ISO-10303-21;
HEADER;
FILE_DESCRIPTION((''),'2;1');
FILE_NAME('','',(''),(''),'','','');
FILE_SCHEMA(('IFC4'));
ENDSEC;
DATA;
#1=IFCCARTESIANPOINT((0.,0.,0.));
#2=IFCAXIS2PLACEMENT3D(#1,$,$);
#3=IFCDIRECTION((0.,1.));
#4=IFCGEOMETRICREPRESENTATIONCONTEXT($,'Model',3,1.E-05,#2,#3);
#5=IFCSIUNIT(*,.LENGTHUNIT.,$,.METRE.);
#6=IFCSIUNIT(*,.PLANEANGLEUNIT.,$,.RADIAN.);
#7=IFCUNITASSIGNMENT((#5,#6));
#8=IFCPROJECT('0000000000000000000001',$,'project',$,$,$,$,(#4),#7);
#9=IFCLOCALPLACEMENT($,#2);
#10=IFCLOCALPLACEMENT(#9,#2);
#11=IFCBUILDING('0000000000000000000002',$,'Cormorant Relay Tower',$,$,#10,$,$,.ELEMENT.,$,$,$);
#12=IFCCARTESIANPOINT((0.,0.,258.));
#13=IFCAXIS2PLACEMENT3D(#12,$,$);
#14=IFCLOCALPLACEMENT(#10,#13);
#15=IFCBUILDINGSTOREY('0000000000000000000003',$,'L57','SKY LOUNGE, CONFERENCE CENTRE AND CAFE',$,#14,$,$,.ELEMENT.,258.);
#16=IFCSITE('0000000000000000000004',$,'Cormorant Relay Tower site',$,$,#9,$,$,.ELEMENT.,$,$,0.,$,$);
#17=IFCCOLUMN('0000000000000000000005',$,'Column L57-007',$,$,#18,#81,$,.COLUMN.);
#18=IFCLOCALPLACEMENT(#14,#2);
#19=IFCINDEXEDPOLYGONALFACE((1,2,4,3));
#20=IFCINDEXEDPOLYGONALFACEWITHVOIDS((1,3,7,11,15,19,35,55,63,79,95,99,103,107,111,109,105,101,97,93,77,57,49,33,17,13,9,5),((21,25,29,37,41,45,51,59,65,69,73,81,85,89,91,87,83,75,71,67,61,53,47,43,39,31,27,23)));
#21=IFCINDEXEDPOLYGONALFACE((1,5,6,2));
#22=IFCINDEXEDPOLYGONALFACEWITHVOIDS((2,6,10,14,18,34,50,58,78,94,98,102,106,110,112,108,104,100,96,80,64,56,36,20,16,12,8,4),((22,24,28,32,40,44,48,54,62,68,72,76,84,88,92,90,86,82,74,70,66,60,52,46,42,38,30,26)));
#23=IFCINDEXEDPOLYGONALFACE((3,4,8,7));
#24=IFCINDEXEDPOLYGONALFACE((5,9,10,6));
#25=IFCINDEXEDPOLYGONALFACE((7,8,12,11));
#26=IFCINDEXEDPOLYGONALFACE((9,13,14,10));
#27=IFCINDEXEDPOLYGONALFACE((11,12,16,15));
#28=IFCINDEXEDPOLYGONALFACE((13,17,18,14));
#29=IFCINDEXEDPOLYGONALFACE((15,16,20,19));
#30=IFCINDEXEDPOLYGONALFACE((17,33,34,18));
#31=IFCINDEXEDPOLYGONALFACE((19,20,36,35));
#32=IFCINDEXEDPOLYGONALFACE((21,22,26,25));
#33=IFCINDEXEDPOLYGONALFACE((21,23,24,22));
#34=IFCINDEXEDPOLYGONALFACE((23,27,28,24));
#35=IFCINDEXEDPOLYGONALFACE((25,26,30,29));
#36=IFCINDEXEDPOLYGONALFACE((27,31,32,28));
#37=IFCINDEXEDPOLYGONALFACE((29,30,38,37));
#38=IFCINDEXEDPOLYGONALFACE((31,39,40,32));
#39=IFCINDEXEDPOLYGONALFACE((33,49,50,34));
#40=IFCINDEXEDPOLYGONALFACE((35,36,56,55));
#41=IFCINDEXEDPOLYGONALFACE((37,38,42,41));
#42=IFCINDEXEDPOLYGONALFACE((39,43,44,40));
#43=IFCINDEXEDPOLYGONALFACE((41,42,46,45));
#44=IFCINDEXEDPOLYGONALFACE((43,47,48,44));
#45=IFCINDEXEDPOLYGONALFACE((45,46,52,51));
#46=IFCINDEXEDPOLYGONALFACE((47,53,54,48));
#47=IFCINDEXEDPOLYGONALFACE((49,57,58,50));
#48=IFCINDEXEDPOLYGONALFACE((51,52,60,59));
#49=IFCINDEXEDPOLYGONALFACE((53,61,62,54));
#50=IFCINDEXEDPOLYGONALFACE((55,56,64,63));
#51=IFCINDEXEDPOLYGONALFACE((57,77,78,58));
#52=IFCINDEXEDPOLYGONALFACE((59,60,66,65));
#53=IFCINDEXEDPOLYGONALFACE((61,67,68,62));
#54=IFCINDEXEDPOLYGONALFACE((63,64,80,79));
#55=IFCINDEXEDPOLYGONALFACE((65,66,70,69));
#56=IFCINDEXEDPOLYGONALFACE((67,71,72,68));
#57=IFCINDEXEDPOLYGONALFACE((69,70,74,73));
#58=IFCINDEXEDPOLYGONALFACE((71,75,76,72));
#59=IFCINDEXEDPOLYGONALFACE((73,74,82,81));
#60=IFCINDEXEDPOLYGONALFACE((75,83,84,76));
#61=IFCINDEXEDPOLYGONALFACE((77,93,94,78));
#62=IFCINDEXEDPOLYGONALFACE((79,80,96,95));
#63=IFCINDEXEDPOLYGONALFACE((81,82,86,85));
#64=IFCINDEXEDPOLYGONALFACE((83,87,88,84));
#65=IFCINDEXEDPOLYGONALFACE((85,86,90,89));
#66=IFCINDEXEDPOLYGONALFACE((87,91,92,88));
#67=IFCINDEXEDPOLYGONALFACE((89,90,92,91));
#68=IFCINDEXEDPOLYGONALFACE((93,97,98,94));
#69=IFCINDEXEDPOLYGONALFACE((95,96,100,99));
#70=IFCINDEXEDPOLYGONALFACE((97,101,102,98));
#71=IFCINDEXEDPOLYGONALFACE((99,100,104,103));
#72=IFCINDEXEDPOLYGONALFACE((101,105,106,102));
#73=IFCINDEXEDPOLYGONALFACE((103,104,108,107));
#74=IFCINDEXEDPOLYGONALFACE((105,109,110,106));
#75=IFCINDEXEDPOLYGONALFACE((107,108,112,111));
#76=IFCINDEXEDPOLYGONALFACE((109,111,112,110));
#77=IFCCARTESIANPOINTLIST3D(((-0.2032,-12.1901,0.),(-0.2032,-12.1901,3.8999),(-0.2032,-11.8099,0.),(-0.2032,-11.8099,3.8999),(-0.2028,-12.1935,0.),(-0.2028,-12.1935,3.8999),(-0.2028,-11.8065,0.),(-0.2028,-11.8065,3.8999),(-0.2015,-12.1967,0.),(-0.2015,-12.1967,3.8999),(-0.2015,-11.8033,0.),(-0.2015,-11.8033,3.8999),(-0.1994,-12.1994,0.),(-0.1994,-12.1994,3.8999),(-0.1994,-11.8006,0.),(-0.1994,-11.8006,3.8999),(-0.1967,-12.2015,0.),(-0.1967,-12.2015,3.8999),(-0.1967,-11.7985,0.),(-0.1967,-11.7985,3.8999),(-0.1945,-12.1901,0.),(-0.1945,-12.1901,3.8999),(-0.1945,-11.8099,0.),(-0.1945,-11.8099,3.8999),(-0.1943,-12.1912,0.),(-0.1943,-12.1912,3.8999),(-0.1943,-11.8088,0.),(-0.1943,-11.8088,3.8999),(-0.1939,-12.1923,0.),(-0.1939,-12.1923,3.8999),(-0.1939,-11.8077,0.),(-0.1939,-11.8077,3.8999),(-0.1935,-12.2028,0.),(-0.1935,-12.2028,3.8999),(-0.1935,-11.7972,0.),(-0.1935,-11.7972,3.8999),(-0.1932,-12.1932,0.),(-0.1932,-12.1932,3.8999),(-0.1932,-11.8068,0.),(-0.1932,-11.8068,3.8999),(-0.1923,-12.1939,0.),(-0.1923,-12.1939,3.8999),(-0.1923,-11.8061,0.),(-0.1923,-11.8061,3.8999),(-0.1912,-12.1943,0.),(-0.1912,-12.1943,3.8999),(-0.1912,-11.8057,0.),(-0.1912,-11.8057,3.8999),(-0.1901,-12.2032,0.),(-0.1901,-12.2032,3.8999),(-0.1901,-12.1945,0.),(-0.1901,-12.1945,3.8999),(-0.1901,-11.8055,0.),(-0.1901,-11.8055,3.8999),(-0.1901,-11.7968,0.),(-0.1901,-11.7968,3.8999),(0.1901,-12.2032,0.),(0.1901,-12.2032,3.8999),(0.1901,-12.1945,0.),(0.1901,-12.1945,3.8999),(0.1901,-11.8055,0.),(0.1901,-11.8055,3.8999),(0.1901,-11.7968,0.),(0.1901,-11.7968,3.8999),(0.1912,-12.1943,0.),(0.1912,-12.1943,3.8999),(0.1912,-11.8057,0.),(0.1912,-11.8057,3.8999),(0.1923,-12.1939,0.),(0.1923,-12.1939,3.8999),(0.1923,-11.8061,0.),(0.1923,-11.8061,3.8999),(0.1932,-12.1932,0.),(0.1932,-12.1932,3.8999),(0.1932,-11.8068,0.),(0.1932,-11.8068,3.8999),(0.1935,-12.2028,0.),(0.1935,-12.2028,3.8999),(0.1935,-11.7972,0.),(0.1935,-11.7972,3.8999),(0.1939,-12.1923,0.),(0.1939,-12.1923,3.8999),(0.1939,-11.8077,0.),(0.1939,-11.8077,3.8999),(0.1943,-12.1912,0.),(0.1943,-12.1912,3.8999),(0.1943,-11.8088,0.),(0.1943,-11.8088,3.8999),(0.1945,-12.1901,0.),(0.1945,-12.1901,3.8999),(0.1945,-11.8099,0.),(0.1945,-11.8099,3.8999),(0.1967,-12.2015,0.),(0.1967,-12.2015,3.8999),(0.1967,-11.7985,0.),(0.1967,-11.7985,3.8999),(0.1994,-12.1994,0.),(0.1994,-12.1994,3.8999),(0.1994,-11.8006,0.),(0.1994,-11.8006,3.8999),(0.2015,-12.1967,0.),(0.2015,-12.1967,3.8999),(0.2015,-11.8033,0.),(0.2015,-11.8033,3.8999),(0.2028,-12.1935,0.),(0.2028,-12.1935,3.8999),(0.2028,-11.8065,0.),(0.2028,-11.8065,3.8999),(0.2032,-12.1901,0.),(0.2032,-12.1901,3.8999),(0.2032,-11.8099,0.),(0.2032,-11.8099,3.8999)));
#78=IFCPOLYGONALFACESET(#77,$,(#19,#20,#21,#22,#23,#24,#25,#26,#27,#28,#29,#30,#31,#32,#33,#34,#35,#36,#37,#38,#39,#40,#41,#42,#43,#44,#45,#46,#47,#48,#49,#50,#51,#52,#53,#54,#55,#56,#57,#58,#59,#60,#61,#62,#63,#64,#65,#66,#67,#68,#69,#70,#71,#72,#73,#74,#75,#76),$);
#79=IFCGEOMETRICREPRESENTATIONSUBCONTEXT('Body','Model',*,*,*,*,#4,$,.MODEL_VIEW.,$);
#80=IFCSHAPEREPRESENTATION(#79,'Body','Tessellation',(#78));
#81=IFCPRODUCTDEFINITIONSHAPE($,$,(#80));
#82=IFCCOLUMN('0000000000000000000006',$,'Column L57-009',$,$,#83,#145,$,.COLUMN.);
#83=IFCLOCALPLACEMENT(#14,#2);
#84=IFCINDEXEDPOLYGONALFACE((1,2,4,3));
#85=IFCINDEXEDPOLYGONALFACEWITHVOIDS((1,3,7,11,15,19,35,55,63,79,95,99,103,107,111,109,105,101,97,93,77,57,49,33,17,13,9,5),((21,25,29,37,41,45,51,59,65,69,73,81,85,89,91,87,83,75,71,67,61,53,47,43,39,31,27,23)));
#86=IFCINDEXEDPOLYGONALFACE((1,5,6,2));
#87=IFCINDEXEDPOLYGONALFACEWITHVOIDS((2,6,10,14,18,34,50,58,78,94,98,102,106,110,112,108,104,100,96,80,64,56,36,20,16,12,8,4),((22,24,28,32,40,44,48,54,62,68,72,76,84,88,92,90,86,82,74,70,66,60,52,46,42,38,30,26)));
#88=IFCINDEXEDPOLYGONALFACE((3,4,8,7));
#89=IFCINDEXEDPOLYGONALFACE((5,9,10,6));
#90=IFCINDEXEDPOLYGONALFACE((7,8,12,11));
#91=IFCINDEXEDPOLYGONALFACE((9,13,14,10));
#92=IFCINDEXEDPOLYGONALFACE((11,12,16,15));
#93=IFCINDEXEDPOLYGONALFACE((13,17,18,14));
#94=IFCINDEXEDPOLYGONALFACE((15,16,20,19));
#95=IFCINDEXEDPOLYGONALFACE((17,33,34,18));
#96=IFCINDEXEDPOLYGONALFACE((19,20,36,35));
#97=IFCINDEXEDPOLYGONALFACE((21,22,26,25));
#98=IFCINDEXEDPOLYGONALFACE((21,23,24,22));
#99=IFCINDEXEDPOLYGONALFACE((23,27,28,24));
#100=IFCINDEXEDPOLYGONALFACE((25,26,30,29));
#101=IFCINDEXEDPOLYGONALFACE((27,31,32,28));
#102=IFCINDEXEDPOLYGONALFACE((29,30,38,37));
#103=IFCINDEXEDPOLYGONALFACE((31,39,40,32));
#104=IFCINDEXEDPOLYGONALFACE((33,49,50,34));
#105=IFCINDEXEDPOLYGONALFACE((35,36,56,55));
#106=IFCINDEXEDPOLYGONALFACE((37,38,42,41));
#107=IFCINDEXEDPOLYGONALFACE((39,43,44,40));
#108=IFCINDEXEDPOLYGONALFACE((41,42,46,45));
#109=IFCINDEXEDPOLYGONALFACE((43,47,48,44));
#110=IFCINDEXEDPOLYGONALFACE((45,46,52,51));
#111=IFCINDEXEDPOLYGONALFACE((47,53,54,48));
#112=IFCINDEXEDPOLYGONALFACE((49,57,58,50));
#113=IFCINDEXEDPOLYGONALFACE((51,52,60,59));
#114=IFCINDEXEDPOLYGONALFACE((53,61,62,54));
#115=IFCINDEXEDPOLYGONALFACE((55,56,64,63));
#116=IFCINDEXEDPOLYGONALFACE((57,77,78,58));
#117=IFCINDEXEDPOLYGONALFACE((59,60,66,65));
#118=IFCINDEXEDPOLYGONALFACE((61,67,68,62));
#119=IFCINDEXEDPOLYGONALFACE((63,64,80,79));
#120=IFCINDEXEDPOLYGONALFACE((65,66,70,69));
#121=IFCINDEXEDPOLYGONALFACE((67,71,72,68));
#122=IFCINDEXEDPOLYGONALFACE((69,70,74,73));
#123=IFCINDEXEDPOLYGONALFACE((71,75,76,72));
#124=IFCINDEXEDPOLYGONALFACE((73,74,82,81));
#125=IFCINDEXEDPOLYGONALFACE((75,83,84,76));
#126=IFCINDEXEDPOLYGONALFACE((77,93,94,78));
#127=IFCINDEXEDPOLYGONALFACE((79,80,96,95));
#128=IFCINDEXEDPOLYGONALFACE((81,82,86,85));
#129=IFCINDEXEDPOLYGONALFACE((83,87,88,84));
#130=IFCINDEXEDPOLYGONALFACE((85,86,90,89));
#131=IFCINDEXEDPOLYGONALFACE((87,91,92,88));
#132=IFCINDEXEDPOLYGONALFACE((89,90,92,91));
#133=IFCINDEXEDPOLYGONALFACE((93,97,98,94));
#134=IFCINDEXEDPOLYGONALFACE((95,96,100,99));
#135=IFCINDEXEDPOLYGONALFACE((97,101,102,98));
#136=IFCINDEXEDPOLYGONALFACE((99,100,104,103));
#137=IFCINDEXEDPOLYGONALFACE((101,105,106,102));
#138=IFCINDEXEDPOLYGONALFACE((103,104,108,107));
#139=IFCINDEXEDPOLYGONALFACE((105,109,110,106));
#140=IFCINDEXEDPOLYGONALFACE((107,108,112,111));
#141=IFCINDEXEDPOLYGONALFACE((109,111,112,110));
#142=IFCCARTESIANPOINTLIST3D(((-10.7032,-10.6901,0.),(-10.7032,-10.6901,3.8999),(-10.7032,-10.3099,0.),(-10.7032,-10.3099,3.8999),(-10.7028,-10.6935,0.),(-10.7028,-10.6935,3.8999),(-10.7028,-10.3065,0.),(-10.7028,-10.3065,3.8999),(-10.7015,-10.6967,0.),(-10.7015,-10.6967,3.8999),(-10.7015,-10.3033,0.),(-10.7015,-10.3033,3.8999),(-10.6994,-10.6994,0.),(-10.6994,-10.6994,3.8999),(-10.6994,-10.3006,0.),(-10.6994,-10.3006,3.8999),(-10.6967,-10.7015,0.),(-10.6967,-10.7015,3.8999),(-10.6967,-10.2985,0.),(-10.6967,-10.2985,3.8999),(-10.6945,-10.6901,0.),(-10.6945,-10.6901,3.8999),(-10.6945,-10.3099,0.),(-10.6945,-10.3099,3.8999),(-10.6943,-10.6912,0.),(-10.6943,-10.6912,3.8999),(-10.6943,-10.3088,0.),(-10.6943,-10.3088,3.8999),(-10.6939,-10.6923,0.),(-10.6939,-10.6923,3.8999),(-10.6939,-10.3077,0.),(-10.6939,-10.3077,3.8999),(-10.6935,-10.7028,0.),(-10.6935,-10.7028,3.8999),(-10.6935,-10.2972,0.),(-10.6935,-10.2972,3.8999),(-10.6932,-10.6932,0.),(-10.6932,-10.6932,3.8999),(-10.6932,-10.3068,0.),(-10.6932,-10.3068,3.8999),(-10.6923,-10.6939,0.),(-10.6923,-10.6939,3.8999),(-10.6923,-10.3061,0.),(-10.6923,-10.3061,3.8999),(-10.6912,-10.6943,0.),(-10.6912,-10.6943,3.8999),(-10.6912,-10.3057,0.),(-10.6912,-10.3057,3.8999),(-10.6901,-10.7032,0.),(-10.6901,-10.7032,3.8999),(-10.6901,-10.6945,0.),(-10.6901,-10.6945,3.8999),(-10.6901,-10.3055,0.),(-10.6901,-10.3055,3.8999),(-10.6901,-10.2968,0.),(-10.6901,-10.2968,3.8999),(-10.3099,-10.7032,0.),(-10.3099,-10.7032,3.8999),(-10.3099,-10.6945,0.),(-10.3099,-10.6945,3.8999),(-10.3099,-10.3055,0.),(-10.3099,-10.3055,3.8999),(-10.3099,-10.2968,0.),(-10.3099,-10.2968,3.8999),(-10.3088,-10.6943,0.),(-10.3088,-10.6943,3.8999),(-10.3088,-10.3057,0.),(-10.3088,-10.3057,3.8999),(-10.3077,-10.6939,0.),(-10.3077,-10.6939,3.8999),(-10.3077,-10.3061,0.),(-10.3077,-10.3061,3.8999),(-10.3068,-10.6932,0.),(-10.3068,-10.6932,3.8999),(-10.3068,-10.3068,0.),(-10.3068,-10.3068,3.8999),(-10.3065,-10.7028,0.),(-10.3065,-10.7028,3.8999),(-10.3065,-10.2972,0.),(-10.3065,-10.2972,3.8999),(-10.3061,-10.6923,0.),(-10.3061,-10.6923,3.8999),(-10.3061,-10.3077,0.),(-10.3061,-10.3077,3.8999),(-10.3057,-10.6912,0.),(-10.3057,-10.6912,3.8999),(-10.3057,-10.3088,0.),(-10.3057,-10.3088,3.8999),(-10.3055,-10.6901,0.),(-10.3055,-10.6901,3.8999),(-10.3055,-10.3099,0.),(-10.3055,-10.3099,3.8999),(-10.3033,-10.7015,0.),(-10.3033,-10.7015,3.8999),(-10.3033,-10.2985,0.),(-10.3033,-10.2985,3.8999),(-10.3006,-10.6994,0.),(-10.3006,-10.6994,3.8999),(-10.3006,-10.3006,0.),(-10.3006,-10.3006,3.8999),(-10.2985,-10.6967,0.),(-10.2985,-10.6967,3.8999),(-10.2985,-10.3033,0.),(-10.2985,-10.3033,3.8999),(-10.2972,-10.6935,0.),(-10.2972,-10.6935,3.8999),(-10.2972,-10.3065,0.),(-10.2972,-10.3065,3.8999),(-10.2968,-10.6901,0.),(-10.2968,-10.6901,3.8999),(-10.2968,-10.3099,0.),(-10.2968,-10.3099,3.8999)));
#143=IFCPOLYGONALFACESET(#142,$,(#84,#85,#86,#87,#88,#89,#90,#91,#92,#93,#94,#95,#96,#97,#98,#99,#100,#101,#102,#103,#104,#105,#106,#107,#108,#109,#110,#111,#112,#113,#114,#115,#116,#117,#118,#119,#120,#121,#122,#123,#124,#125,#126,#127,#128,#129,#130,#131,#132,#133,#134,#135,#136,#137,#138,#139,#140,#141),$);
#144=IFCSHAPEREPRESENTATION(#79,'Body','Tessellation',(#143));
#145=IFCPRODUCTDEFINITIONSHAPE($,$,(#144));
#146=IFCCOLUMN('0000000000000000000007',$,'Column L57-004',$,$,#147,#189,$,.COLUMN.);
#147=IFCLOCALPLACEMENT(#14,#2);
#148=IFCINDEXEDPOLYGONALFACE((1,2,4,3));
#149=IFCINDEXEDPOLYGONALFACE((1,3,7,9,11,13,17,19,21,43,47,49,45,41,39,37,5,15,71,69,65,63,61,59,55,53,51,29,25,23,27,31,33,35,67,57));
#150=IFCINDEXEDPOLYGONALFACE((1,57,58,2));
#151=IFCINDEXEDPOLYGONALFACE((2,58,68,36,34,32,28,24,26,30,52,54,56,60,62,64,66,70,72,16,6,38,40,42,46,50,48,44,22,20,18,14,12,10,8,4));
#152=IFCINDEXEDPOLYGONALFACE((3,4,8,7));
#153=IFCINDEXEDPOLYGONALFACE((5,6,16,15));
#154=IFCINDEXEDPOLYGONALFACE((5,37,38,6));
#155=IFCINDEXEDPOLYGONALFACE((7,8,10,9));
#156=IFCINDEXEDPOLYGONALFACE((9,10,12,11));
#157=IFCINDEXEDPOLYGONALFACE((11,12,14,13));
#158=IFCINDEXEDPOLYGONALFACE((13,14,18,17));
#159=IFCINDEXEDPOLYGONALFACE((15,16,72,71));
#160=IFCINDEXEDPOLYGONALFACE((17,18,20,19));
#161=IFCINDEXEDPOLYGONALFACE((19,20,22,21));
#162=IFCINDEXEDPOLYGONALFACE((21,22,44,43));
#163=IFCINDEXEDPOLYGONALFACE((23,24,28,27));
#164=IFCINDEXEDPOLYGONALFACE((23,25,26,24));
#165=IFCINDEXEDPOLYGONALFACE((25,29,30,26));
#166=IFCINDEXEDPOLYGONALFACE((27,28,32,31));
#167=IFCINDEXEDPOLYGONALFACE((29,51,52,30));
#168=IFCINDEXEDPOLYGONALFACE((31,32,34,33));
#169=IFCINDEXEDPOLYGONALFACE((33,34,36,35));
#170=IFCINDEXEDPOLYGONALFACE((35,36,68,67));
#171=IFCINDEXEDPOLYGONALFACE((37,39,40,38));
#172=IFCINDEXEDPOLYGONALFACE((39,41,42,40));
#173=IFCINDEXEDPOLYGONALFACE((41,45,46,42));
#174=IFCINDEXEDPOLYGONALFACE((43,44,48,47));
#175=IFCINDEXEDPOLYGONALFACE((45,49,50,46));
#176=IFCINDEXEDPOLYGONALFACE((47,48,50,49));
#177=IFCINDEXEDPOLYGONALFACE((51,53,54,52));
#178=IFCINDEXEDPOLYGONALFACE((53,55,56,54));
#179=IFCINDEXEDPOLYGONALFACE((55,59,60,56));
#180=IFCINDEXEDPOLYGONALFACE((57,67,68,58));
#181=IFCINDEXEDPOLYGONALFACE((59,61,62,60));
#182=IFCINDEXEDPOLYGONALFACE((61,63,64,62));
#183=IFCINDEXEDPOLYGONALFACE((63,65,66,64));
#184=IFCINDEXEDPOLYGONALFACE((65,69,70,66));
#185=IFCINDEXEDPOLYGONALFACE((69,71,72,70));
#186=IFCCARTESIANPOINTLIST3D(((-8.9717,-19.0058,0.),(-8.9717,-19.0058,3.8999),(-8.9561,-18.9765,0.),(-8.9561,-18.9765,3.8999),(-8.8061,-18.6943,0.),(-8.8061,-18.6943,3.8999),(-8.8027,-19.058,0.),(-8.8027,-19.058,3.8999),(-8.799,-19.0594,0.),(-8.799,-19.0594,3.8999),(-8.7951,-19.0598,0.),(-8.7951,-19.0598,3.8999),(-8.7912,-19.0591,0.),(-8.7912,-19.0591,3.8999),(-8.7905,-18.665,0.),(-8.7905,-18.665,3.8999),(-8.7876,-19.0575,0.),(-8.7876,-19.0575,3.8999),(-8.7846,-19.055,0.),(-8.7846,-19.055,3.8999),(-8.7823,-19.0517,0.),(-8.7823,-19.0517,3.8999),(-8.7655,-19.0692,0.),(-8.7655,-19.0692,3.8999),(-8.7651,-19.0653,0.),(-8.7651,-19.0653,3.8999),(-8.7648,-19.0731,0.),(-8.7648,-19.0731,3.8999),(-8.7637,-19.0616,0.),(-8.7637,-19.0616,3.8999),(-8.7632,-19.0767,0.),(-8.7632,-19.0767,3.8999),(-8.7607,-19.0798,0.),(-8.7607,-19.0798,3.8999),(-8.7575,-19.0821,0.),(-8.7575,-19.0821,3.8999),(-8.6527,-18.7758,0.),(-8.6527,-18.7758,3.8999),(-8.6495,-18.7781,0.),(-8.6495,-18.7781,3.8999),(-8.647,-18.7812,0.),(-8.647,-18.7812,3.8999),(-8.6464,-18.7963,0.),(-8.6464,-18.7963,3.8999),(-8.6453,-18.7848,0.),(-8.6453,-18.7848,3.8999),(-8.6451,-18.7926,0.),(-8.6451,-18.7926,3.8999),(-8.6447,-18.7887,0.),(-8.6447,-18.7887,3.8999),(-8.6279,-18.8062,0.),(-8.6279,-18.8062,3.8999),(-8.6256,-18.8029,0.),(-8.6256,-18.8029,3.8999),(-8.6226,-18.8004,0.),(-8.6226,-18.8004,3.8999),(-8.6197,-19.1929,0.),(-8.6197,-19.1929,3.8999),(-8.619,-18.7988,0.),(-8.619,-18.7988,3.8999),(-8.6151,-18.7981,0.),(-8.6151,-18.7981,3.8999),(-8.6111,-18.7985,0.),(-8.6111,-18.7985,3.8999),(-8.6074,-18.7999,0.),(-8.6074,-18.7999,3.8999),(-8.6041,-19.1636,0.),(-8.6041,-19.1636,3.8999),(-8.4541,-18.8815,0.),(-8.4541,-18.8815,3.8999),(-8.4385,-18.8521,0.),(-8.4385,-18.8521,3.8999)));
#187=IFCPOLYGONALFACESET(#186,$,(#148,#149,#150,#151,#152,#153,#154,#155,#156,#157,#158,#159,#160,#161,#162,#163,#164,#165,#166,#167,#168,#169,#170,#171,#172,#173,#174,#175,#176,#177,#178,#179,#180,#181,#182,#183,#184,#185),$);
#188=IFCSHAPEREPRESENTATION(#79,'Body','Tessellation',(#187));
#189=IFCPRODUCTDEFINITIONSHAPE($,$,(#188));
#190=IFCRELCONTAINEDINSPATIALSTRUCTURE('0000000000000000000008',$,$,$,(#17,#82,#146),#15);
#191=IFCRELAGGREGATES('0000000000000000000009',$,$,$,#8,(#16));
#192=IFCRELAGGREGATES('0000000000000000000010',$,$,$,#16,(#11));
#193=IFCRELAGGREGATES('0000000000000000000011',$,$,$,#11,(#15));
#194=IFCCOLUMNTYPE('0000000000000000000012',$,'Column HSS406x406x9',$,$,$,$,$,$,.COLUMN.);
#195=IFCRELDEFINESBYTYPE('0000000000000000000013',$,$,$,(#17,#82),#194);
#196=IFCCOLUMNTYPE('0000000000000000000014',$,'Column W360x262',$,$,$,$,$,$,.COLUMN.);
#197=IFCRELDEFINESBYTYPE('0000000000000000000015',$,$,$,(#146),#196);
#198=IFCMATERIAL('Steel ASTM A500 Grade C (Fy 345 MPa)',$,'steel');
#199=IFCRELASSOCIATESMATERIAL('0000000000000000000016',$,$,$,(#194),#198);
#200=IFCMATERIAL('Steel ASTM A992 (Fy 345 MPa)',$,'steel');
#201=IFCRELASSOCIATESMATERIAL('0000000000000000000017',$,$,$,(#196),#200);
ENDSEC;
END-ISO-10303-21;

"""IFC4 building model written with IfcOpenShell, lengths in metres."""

from ifc_helpers import new_model, si_unit, direction, frame, origin, origin_2d, place, context, subcontext, project, spatial, hollow_rectangle, i_section, extrude, material, material_profile, profile_set, type_object, element, save


model = new_model("IFC4")

# Units and contexts
model_context = context("Model", 3, precision=1e-05, world=origin(), true_north=direction((0.0, 1.0)))
body_context = subcontext(model_context, "Body", "Model", "MODEL_VIEW")
ifc_project = project(units=[si_unit("LENGTHUNIT", "METRE"), si_unit("PLANEANGLEUNIT", "RADIAN")], contexts=[model_context])

# Site, building, storey
site_placement = place(None, origin())
site = spatial("IfcSite", under=ifc_project, at=site_placement, Name="Cormorant Relay Tower site", CompositionType="ELEMENT", RefElevation=0.0)
building_placement = place(site_placement, origin())
building = spatial("IfcBuilding", under=site, at=building_placement, Name="Cormorant Relay Tower", CompositionType="ELEMENT")
storey_placement = place(building_placement, frame((0.0, 0.0, 258.0)))
storey = spatial("IfcBuildingStorey", under=building, at=storey_placement, Name="L57", Description="SKY LOUNGE, CONFERENCE CENTRE AND CAFE", CompositionType="ELEMENT", Elevation=258.0)

# Columns
ifc_material_1 = material(Name="Steel ASTM A500 Grade C (Fy 345 MPa)", Category="steel")
ifc_material_profile_1 = material_profile(ifc_material_1, hollow_rectangle(XDim=0.4065, YDim=0.4065, WallThickness=0.0088, InnerFilletRadius=0.0044, OuterFilletRadius=0.0132, at=origin_2d()), Name="HSS406x406x9")
ifc_profile_set_1 = profile_set([ifc_material_profile_1], Name="Steel ASTM A500 Grade C (Fy 345 MPa)")
column_type_1 = type_object("IfcColumnType", Name="Column HSS406x406x9", PredefinedType="COLUMN", material=ifc_profile_set_1)
for number, where, z_axis, x_axis, name in (
    (1, (0.0, -12.0, 0.0), (0.0, 0.0, 1.0), (1.0, 0.0, 0.0), "Column L57-007"),
    (2, (-10.5, -10.5, 0.0), (0.0, 0.0, 1.0), (1.0, 0.0, 0.0), "Column L57-009"),
):
    element("IfcColumn", number, at=place(storey_placement, frame(where, z_axis=z_axis, x_axis=x_axis)), inside=storey, type_object=column_type_1, Name=name, PredefinedType="COLUMN", context=body_context, shape_type="SweptSolid", body=[
        extrude(hollow_rectangle(XDim=0.4065, YDim=0.4065, WallThickness=0.0088, InnerFilletRadius=0.0044, OuterFilletRadius=0.0132, at=origin_2d()), origin(), (0.0, 0.0, 1.0), 3.8999),
    ])
ifc_material_2 = material(Name="Steel ASTM A992 (Fy 345 MPa)", Category="steel")
ifc_material_profile_2 = material_profile(ifc_material_2, i_section(OverallWidth=0.3987, OverallDepth=0.386, WebThickness=0.021, FlangeThickness=0.0332, FilletRadius=0.0151, at=origin_2d()), Name="W360x262")
ifc_profile_set_2 = profile_set([ifc_material_profile_2], Name="Steel ASTM A992 (Fy 345 MPa)")
column_type_2 = type_object("IfcColumnType", Name="Column W360x262", PredefinedType="COLUMN", material=ifc_profile_set_2)
for number, where, z_axis, x_axis, name in (
    (3, (-8.7051, -18.929, 0.0), (0.0, 0.0, 1.0), (0.882948, -0.469472, 0.0), "Column L57-004"),
):
    element("IfcColumn", number, at=place(storey_placement, frame(where, z_axis=z_axis, x_axis=x_axis)), inside=storey, type_object=column_type_2, Name=name, PredefinedType="COLUMN", context=body_context, shape_type="SweptSolid", body=[
        extrude(i_section(OverallWidth=0.3987, OverallDepth=0.386, WebThickness=0.021, FlangeThickness=0.0332, FilletRadius=0.0151, at=origin_2d()), origin(), (0.0, 0.0, 1.0), 3.8999),
    ])

save(model, "model.ifc")
